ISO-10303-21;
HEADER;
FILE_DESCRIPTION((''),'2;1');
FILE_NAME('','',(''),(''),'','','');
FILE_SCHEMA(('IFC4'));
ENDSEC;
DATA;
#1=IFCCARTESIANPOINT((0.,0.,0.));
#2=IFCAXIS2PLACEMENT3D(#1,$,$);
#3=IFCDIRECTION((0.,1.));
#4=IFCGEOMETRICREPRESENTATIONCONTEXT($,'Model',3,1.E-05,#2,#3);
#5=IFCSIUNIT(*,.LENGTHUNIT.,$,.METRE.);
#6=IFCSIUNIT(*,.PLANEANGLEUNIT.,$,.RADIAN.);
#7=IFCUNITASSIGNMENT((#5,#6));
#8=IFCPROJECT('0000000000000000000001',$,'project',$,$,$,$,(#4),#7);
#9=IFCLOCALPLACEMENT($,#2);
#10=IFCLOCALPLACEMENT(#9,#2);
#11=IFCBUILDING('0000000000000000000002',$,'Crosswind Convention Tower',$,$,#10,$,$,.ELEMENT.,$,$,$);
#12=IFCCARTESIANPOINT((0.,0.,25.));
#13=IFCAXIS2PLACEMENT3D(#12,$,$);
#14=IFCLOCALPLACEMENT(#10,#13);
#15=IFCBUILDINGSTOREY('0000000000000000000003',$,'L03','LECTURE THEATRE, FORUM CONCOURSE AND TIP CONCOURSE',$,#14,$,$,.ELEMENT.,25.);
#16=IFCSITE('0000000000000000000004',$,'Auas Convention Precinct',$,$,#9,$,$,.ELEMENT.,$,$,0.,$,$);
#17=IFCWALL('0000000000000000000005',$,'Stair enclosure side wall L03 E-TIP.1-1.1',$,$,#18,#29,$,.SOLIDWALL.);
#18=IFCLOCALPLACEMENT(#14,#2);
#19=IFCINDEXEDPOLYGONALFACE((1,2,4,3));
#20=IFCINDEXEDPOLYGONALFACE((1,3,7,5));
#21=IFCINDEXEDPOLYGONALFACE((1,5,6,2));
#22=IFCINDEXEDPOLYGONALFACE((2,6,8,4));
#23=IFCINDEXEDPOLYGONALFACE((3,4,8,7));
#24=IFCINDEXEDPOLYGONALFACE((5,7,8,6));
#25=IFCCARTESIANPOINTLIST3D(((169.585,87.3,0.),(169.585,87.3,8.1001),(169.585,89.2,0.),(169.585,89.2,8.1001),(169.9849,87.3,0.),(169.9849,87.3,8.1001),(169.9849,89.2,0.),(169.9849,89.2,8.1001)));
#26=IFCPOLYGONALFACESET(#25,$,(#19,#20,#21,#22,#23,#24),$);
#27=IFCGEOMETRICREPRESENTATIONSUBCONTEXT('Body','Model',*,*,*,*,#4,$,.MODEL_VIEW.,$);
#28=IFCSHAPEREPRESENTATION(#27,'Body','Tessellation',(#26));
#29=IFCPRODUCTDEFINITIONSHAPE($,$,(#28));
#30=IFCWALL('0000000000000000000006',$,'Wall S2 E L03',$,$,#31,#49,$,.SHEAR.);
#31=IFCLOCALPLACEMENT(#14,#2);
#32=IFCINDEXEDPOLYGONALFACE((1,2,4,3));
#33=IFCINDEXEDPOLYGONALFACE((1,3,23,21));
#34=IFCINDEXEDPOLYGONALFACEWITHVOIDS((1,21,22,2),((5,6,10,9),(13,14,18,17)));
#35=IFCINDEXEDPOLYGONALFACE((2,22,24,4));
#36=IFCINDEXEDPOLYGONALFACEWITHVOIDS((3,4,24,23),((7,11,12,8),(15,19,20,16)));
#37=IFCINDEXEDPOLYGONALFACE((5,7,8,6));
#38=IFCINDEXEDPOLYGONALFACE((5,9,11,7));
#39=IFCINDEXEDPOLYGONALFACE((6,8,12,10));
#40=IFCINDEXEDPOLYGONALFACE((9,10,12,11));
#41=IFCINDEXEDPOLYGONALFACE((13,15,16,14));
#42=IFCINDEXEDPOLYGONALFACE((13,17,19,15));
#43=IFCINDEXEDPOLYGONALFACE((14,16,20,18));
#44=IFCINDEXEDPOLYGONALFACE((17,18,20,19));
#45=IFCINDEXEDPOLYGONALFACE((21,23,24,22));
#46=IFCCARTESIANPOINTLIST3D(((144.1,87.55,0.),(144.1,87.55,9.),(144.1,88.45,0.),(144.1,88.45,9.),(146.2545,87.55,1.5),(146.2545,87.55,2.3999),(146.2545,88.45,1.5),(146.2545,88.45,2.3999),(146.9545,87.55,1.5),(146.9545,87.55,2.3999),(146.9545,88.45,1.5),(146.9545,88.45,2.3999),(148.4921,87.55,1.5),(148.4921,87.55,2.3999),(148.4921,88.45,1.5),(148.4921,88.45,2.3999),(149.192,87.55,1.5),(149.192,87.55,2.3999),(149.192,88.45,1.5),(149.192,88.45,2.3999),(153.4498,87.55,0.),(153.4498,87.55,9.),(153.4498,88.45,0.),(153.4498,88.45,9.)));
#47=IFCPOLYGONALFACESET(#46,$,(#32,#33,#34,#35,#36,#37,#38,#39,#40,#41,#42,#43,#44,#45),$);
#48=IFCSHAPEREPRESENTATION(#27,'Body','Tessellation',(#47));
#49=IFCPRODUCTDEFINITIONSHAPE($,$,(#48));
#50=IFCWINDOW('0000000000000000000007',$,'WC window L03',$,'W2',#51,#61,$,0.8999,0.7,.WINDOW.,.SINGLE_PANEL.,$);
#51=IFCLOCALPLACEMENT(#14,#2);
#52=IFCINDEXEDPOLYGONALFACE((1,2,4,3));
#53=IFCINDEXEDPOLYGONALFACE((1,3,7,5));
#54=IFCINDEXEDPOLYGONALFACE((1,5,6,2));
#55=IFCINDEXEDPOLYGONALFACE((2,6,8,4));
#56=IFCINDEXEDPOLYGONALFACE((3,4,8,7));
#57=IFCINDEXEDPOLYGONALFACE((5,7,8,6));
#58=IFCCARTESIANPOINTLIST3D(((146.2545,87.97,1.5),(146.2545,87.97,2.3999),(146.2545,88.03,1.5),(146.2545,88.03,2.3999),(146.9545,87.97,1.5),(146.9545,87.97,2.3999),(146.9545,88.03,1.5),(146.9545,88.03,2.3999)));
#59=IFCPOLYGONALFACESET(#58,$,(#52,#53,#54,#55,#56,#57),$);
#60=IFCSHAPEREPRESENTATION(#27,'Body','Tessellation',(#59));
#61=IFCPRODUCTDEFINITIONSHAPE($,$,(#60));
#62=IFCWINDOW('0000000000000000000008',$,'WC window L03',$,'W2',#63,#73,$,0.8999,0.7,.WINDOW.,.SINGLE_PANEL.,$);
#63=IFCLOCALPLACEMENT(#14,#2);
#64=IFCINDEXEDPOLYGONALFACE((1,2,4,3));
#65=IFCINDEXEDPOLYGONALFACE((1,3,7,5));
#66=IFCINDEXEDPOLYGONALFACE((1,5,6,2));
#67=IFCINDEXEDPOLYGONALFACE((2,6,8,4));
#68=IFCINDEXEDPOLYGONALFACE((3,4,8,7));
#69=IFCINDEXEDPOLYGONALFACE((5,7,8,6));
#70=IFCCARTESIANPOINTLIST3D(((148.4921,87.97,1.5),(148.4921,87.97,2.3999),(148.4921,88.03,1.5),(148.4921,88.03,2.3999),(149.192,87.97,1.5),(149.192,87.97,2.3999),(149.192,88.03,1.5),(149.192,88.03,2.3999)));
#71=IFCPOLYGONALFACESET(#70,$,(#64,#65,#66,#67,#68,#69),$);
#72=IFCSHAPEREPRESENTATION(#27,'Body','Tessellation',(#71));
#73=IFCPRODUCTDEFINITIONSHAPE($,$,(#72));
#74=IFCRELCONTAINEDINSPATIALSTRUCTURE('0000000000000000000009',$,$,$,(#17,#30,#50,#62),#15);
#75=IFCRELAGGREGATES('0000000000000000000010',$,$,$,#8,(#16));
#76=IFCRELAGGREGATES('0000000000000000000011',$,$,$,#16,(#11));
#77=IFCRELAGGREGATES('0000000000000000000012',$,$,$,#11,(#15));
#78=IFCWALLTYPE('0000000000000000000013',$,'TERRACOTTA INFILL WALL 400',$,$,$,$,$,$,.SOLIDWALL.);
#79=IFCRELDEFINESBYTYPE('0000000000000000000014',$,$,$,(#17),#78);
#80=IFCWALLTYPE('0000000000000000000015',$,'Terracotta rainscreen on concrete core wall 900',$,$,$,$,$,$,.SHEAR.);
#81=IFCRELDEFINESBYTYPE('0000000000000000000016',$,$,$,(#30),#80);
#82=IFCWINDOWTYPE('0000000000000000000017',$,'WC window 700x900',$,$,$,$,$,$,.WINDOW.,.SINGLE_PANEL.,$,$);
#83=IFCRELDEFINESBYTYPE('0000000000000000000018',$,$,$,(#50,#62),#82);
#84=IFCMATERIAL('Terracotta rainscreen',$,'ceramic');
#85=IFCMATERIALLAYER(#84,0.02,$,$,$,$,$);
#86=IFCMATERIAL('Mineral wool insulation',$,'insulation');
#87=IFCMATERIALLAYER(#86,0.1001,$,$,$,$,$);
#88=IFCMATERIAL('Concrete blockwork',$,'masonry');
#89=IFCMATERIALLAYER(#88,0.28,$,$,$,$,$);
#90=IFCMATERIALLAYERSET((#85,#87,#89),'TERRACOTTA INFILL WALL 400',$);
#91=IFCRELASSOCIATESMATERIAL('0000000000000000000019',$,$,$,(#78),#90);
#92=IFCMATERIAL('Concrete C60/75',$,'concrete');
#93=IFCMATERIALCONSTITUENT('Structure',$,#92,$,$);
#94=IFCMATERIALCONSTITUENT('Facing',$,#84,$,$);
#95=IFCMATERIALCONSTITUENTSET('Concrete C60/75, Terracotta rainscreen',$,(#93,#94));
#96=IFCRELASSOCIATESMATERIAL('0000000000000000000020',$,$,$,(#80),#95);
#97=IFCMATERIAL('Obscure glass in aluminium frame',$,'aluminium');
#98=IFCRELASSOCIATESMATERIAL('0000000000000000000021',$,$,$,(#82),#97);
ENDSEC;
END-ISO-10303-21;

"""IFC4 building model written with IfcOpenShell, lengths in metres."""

from ifc_helpers import new_model, si_unit, direction, frame, frame_2d, origin, place, context, subcontext, project, spatial, rectangle, extrude, material, layer, layer_set, constituent, constituent_set, type_object, element, fill, save


model = new_model("IFC4")

# Units and contexts
model_context = context("Model", 3, precision=1e-05, world=origin(), true_north=direction((0.0, 1.0)))
body_context = subcontext(model_context, "Body", "Model", "MODEL_VIEW")
ifc_project = project(units=[si_unit("LENGTHUNIT", "METRE"), si_unit("PLANEANGLEUNIT", "RADIAN")], contexts=[model_context])

# Site, building, storey
site_placement = place(None, origin())
site = spatial("IfcSite", under=ifc_project, at=site_placement, Name="Auas Convention Precinct", CompositionType="ELEMENT", RefElevation=0.0)
building_placement = place(site_placement, origin())
building = spatial("IfcBuilding", under=site, at=building_placement, Name="Crosswind Convention Tower", CompositionType="ELEMENT")
storey_placement = place(building_placement, frame((0.0, 0.0, 25.0)))
storey = spatial("IfcBuildingStorey", under=building, at=storey_placement, Name="L03", Description="LECTURE THEATRE, FORUM CONCOURSE AND TIP CONCOURSE", CompositionType="ELEMENT", Elevation=25.0)

# Shared definitions
ifc_material_1 = material(Name="Concrete C60/75", Category="concrete")

# Shared definitions
ifc_material_2 = material(Name="Concrete blockwork", Category="masonry")

# Wall
ifc_material_3 = material(Name="Terracotta rainscreen", Category="ceramic")
ifc_layer_1 = layer(ifc_material_3, 0.02)
ifc_material_4 = material(Name="Mineral wool insulation", Category="insulation")
ifc_layer_2 = layer(ifc_material_4, 0.1001)
ifc_layer_3 = layer(ifc_material_2, 0.28)
ifc_layer_set_1 = layer_set([ifc_layer_1, ifc_layer_2, ifc_layer_3], Name="TERRACOTTA INFILL WALL 400")
wall_type_1 = type_object("IfcWallType", Name="TERRACOTTA INFILL WALL 400", PredefinedType="SOLIDWALL", material=ifc_layer_set_1)
wall_1_placement = place(storey_placement, frame((169.7849, 87.3, 0.0), z_axis=(0.0, 0.0, 1.0), x_axis=(0.0, 1.0, 0.0)))
element("IfcWall", 1, at=wall_1_placement, inside=storey, type_object=wall_type_1, Name="Stair enclosure side wall L03 E-TIP.1-1.1", PredefinedType="SOLIDWALL", context=body_context, shape_type="SweptSolid", body=[
    extrude(rectangle(XDim=1.8999, YDim=0.3999, at=frame_2d((0.95, 0.0))), origin(), (0.0, 0.0, 1.0), 8.1001),
])

# Wall, openings, windows
ifc_constituent_1 = constituent(ifc_material_1, Name="Structure")
ifc_constituent_2 = constituent(ifc_material_3, Name="Facing")
ifc_constituent_set = constituent_set(constituents=[ifc_constituent_1, ifc_constituent_2], Name="Concrete C60/75, Terracotta rainscreen")
wall_type_2 = type_object("IfcWallType", Name="Terracotta rainscreen on concrete core wall 900", PredefinedType="SHEAR", material=ifc_constituent_set)
wall_2_placement = place(storey_placement, frame((144.1001, 88.0, 0.0), z_axis=(0.0, 0.0, 1.0), x_axis=(1.0, 0.0, 0.0)))
wall_2 = element("IfcWall", 2, at=wall_2_placement, inside=storey, type_object=wall_type_2, Name="Wall S2 E L03", PredefinedType="SHEAR", context=body_context, shape_type="SweptSolid", body=[
    extrude(rectangle(XDim=9.3499, YDim=0.8999, at=frame_2d((4.6748, 0.0))), origin(), (0.0, 0.0, 1.0), 9.0),
])
opening_1_placement = place(wall_2_placement, frame((2.1543, 0.0, 1.5)))
opening_1 = element("IfcOpeningElement", 3, at=opening_1_placement, cuts=wall_2, PredefinedType="OPENING", context=body_context, shape_type="SweptSolid", body=[
    extrude(rectangle(XDim=0.7, YDim=0.8999, at=frame_2d((0.3501, 0.45))), frame((0.0, 0.46, 0.0), z_axis=(0.0, -1.0, 0.0), x_axis=(1.0, 0.0, 0.0)), (0.0, 0.0, 1.0), 0.9199),
])
opening_2_placement = place(wall_2_placement, frame((4.3918, 0.0, 1.5)))
opening_2 = element("IfcOpeningElement", 4, at=opening_2_placement, cuts=wall_2, PredefinedType="OPENING", context=body_context, shape_type="SweptSolid", body=[
    extrude(rectangle(XDim=0.7, YDim=0.8999, at=frame_2d((0.3501, 0.45))), frame((0.0, 0.46, 0.0), z_axis=(0.0, -1.0, 0.0), x_axis=(1.0, 0.0, 0.0)), (0.0, 0.0, 1.0), 0.9199),
])
ifc_material_5 = material(Name="Obscure glass in aluminium frame", Category="aluminium")
window_type = type_object("IfcWindowType", Name="WC window 700x900", PartitioningType="SINGLE_PANEL", PredefinedType="WINDOW", material=ifc_material_5)
window_1_placement = place(opening_1_placement, origin())
window_1 = element("IfcWindow", 5, at=window_1_placement, inside=storey, type_object=window_type, Name="WC window L03", ObjectType="W2", OverallHeight=0.8999, OverallWidth=0.7, PartitioningType="SINGLE_PANEL", PredefinedType="WINDOW", context=body_context, shape_type="SweptSolid", body=[
    extrude(rectangle(XDim=0.7, YDim=0.8999, at=frame_2d((0.3501, 0.45))), frame((0.0, 0.03, 0.0), z_axis=(0.0, -1.0, 0.0), x_axis=(1.0, 0.0, 0.0)), (0.0, 0.0, 1.0), 0.0601),
])
fill(opening_1, window_1)
window_2_placement = place(opening_2_placement, origin())
window_2 = element("IfcWindow", 6, at=window_2_placement, inside=storey, type_object=window_type, Name="WC window L03", ObjectType="W2", OverallHeight=0.8999, OverallWidth=0.7, PartitioningType="SINGLE_PANEL", PredefinedType="WINDOW", context=body_context, shape_type="SweptSolid", body=[
    extrude(rectangle(XDim=0.7, YDim=0.8999, at=frame_2d((0.3501, 0.45))), frame((0.0, 0.03, 0.0), z_axis=(0.0, -1.0, 0.0), x_axis=(1.0, 0.0, 0.0)), (0.0, 0.0, 1.0), 0.0601),
])
fill(opening_2, window_2)

save(model, "model.ifc")
